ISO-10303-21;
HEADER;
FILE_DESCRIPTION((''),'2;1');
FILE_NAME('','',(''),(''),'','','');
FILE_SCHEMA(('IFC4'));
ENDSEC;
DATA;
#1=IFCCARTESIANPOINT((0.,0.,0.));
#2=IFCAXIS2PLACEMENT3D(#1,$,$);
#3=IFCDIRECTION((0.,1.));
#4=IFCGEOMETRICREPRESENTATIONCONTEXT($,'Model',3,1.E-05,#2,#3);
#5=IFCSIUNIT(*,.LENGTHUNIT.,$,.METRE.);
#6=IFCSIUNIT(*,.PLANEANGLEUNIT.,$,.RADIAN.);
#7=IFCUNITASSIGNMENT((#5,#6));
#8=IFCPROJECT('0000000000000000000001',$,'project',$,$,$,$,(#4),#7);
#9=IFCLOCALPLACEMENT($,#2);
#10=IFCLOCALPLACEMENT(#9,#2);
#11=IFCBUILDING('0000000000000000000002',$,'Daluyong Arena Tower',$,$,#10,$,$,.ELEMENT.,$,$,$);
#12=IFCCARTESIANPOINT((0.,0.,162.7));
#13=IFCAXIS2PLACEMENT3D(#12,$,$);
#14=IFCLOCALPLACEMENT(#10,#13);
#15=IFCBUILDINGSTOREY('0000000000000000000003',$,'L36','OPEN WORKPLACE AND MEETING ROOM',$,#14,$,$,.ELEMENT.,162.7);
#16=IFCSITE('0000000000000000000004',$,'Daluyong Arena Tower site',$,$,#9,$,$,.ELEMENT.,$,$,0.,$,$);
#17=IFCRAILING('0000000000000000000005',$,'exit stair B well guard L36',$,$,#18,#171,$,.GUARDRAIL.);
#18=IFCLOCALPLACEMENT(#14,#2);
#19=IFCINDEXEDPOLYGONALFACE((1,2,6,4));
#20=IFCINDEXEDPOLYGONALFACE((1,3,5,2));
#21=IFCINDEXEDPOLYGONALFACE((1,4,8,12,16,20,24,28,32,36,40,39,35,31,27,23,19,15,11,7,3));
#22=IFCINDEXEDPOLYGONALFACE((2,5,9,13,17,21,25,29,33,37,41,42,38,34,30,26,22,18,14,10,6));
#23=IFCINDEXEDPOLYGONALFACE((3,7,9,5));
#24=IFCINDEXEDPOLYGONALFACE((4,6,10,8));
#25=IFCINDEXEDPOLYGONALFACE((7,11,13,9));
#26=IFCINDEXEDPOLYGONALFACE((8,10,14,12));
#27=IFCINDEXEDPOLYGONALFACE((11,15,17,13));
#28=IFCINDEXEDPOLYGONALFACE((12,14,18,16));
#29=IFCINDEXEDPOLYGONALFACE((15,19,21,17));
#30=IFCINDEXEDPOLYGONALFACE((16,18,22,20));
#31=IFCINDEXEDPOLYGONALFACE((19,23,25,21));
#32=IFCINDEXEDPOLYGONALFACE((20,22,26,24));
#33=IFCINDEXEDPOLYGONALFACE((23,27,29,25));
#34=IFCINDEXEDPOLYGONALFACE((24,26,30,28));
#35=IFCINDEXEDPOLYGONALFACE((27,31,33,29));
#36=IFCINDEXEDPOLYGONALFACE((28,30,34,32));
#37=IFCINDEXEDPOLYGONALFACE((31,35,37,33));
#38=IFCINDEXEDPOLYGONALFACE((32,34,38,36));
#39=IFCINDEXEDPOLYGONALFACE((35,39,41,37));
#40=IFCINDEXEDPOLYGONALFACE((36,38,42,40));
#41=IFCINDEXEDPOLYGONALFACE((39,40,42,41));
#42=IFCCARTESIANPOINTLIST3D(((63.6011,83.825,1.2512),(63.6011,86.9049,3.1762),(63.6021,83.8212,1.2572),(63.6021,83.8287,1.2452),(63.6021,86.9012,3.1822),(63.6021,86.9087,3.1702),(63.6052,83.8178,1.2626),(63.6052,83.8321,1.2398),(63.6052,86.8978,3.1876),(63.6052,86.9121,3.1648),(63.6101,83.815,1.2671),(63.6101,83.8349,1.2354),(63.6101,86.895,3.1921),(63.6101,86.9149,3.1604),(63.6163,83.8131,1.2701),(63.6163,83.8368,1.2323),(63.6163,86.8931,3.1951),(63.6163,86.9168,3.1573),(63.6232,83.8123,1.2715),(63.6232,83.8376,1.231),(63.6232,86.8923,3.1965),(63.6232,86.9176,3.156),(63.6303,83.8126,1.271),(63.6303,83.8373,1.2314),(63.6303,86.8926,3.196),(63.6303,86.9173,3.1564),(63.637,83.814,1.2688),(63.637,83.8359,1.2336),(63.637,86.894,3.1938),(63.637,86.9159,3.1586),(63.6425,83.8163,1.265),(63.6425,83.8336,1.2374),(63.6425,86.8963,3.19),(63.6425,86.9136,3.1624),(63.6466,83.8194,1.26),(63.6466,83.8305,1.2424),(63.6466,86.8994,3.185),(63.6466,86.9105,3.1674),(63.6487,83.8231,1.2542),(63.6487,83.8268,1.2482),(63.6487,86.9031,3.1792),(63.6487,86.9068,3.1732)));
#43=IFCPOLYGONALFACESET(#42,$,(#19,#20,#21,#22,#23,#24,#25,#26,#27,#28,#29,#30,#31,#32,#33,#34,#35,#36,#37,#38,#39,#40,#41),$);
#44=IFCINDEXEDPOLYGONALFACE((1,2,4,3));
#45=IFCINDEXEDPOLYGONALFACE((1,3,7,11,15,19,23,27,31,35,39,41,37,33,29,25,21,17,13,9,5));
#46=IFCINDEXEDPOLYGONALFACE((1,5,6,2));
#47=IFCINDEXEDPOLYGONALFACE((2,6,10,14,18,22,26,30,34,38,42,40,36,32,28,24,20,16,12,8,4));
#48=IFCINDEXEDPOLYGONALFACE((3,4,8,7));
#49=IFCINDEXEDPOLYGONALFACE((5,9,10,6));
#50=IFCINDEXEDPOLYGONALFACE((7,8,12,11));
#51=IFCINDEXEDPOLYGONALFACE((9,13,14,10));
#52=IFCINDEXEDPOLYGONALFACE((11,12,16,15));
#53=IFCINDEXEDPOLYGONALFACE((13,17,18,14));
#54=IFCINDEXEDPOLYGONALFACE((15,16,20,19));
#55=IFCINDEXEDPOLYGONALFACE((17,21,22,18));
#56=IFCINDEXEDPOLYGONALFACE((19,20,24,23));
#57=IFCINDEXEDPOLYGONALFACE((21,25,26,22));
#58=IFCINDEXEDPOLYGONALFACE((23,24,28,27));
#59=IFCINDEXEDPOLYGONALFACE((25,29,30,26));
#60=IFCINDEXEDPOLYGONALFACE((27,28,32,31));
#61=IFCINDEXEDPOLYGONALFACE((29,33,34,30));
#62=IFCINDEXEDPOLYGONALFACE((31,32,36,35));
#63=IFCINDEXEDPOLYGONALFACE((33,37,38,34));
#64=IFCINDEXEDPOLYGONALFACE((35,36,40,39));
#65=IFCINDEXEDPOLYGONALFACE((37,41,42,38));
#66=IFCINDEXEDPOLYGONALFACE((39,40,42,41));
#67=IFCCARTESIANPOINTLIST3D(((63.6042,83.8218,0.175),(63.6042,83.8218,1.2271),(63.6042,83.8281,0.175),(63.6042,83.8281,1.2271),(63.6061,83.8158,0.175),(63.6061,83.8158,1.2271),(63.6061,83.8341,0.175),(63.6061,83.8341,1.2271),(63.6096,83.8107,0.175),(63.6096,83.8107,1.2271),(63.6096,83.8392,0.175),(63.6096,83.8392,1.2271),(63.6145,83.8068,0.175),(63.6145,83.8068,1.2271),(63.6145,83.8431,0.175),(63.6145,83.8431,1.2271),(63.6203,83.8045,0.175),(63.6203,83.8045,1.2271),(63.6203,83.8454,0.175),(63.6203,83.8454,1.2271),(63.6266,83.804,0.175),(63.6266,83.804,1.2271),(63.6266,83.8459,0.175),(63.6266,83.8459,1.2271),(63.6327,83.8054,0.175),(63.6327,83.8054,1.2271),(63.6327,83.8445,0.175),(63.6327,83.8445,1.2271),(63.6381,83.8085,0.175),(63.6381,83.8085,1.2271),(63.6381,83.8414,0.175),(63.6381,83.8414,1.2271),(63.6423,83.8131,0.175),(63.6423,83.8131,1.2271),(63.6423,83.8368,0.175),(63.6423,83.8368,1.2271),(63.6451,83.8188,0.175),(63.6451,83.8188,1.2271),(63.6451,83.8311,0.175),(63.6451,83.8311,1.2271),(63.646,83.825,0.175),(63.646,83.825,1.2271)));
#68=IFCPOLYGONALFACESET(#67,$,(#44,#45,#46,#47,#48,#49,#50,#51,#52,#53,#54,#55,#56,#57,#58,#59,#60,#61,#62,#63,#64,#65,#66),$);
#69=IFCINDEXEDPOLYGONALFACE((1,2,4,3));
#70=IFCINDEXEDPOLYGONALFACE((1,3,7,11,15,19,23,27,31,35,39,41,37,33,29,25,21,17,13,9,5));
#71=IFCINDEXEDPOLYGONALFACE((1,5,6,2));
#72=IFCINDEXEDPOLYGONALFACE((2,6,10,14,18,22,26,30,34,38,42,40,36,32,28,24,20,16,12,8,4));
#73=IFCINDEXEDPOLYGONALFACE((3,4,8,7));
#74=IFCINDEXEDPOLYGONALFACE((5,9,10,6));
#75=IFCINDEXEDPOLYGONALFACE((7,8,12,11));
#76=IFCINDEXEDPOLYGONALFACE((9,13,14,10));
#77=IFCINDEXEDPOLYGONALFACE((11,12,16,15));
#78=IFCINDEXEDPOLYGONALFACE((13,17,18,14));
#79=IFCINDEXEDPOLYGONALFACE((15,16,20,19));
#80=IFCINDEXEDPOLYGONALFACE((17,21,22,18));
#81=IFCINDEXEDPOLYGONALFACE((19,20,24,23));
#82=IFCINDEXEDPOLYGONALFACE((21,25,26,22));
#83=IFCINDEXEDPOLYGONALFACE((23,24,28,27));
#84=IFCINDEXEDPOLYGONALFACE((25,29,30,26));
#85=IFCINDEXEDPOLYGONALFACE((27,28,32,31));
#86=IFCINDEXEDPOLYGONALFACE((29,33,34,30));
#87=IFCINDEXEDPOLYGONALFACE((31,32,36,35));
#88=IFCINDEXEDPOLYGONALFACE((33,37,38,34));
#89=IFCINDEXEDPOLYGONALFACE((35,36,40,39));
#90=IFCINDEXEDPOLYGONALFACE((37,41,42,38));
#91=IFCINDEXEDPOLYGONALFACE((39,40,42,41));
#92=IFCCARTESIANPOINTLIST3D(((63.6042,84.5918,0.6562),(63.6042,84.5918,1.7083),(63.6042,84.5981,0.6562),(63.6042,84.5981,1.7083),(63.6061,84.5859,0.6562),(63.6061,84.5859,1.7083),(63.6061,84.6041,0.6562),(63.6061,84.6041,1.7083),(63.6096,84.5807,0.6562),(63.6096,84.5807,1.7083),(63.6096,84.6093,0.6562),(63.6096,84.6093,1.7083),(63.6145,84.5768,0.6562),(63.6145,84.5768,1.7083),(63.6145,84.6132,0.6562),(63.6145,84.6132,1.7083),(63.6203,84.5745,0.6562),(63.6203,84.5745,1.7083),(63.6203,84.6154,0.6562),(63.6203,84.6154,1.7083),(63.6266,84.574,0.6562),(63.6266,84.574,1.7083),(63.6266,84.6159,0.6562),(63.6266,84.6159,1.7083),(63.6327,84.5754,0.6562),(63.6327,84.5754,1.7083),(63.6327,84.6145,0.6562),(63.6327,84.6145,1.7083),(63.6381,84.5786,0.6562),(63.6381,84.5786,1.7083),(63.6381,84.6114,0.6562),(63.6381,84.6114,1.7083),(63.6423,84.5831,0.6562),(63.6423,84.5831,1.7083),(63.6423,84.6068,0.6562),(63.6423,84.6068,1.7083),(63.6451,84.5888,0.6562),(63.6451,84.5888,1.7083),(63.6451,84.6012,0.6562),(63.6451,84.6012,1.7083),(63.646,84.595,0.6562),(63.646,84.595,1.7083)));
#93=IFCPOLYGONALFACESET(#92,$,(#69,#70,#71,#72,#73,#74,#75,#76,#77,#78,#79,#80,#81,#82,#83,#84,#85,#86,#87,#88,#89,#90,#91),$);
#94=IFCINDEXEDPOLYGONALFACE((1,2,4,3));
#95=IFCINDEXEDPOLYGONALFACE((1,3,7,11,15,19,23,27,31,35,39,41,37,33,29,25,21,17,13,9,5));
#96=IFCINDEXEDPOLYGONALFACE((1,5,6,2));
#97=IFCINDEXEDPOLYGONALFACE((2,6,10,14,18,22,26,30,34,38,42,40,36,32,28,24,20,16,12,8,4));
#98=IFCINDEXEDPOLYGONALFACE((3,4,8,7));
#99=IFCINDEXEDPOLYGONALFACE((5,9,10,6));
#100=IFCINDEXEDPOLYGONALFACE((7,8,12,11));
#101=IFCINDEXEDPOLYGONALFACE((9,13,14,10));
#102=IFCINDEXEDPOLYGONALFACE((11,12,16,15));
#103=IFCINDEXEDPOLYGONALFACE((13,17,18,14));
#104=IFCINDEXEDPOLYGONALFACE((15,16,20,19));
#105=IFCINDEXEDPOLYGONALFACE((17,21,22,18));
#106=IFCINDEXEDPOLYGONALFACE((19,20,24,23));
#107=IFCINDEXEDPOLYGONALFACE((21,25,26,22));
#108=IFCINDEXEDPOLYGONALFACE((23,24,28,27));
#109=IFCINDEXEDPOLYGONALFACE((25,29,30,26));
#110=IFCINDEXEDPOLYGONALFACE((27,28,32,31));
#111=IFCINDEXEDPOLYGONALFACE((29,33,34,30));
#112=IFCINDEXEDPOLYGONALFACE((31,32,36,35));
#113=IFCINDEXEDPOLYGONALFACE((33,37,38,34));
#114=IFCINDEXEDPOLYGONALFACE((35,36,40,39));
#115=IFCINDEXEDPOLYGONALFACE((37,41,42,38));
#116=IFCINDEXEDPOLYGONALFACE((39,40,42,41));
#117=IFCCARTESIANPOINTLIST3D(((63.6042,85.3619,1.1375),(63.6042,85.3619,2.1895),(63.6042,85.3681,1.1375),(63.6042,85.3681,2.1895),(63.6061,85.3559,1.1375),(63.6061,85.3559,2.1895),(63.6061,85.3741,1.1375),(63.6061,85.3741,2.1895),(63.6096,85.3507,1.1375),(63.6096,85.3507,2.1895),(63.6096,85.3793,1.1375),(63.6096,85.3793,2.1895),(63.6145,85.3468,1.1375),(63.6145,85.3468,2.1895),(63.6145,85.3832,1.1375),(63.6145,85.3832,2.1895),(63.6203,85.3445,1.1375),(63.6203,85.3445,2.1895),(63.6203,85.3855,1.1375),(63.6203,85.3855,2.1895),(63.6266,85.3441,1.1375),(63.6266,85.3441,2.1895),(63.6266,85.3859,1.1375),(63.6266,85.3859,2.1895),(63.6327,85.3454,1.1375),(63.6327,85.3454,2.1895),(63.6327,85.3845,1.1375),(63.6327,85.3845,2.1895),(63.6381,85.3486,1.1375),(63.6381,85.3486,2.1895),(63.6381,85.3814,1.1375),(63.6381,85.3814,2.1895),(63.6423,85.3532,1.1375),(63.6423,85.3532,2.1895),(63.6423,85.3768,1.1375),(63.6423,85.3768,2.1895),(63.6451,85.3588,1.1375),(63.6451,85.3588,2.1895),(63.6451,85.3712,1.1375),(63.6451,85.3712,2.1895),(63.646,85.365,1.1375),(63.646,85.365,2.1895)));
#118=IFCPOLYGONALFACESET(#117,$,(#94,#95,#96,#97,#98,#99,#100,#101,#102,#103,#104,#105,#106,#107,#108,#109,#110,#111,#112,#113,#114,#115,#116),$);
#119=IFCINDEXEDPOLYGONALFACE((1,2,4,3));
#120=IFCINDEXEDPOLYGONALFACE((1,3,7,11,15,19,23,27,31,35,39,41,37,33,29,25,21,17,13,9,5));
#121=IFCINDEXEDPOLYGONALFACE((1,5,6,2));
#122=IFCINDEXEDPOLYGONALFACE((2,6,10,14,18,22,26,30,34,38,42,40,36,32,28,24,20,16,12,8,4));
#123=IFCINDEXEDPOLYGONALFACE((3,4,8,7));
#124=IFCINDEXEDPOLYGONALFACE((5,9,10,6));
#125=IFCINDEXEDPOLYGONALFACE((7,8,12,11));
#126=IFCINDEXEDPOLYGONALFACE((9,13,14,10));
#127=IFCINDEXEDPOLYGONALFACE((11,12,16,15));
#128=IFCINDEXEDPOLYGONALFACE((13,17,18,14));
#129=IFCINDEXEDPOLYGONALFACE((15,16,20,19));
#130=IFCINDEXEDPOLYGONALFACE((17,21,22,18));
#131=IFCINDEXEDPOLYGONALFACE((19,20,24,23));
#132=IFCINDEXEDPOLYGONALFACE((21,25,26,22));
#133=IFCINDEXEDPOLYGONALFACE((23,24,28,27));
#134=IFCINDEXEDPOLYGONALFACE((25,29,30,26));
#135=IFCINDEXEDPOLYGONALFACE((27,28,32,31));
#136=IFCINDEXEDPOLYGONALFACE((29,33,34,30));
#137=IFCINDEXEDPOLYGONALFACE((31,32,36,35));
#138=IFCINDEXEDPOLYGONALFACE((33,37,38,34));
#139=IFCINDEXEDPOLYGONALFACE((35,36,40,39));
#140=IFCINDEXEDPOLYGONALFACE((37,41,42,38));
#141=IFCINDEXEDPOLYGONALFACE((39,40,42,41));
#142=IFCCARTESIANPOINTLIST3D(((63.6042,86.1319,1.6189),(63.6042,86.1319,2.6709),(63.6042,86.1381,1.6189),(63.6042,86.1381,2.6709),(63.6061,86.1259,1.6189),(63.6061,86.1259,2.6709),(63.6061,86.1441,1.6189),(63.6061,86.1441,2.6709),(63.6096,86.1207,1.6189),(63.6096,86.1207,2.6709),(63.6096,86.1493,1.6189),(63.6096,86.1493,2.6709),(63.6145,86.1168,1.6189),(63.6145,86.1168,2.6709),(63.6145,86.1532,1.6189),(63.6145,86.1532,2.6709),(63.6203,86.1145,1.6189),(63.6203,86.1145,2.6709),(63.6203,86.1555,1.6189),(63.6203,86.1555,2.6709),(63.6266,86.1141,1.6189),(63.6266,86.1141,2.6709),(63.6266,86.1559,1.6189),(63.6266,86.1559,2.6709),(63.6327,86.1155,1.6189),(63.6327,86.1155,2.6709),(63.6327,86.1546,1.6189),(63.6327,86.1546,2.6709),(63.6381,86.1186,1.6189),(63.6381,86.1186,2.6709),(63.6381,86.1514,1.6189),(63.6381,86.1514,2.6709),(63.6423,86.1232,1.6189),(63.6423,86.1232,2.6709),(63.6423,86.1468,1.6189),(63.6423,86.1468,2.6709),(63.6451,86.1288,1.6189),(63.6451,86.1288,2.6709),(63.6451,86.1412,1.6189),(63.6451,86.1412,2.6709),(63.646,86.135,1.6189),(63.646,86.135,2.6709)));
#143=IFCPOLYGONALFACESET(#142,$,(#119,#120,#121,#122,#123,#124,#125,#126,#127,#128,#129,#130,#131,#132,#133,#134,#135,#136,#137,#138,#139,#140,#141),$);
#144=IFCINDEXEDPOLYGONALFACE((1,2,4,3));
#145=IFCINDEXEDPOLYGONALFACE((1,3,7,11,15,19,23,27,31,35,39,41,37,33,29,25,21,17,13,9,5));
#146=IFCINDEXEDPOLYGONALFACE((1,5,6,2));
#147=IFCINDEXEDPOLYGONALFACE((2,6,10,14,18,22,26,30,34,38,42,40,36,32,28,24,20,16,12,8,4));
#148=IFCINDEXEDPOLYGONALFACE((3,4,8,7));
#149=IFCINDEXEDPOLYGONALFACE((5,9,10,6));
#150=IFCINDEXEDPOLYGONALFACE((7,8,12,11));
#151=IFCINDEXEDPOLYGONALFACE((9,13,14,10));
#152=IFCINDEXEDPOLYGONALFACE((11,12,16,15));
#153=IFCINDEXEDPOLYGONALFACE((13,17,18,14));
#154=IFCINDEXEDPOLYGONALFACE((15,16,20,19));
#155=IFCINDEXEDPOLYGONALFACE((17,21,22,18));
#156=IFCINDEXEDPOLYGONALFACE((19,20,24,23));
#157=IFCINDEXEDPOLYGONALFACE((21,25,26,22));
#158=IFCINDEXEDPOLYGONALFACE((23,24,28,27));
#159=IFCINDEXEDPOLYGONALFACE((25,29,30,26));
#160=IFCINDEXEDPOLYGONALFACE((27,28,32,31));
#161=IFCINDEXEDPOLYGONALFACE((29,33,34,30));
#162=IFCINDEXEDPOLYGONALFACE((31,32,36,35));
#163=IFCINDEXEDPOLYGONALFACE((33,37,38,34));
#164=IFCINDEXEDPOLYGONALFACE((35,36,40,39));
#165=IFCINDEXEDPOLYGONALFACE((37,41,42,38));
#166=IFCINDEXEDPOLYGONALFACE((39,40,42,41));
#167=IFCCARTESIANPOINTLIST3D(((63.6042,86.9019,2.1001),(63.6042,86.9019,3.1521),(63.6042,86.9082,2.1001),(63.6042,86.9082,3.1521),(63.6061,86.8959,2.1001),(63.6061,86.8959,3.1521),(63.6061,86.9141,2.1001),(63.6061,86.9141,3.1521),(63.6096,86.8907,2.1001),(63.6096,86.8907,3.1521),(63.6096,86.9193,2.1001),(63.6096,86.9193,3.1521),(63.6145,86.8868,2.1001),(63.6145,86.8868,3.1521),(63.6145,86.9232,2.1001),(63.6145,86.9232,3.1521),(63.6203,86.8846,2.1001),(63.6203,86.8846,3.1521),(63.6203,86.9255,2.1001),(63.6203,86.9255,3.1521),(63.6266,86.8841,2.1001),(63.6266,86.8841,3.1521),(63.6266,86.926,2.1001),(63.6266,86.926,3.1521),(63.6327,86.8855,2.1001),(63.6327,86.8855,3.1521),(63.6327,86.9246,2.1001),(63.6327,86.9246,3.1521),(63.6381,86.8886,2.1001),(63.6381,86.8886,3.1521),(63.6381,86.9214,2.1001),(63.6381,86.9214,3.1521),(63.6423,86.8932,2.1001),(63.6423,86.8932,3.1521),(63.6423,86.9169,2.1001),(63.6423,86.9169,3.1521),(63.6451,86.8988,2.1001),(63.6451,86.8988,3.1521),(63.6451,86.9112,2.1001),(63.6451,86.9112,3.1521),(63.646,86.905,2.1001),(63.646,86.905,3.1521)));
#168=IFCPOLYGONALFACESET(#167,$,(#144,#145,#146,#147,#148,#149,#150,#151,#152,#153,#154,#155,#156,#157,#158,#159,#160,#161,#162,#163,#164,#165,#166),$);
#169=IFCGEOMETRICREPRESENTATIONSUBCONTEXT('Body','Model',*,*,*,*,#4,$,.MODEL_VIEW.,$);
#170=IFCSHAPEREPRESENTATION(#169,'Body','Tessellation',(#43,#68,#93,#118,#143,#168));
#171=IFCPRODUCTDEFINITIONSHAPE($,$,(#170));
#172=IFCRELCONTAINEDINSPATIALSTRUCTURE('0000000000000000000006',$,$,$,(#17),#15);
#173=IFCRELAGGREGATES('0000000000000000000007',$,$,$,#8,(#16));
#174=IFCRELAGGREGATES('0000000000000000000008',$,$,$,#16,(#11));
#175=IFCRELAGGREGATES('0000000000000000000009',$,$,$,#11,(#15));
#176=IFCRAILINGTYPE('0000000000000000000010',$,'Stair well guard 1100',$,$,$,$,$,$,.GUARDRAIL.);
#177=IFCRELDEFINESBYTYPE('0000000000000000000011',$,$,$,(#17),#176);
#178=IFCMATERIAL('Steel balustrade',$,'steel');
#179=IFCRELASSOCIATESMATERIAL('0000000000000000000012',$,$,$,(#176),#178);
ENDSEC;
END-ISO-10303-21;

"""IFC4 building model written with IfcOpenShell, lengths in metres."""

from ifc_helpers import new_model, si_unit, direction, frame, origin, origin_2d, place, context, subcontext, project, spatial, circle, extrude, material, type_object, element, save


model = new_model("IFC4")

# Units and contexts
model_context = context("Model", 3, precision=1e-05, world=origin(), true_north=direction((0.0, 1.0)))
body_context = subcontext(model_context, "Body", "Model", "MODEL_VIEW")
ifc_project = project(units=[si_unit("LENGTHUNIT", "METRE"), si_unit("PLANEANGLEUNIT", "RADIAN")], contexts=[model_context])

# Site, building, storey
site_placement = place(None, origin())
site = spatial("IfcSite", under=ifc_project, at=site_placement, Name="Daluyong Arena Tower site", CompositionType="ELEMENT", RefElevation=0.0)
building_placement = place(site_placement, origin())
building = spatial("IfcBuilding", under=site, at=building_placement, Name="Daluyong Arena Tower", CompositionType="ELEMENT")
storey_placement = place(building_placement, frame((0.0, 0.0, 162.7)))
storey = spatial("IfcBuildingStorey", under=building, at=storey_placement, Name="L36", Description="OPEN WORKPLACE AND MEETING ROOM", CompositionType="ELEMENT", Elevation=162.7)

# Railing
ifc_material_1 = material(Name="Steel balustrade", Category="steel")
railing_type_1 = type_object("IfcRailingType", Name="Stair well guard 1100", PredefinedType="GUARDRAIL", material=ifc_material_1)
railing_1_placement = place(storey_placement, frame((63.625, 83.825, 0.175)))
element("IfcRailing", 1, at=railing_1_placement, inside=storey, type_object=railing_type_1, Name="exit stair B well guard L36", PredefinedType="GUARDRAIL", context=body_context, shape_type="SweptSolid", body=[
    extrude(circle(Radius=0.0239, at=origin_2d()), frame((0.0, 0.0, 1.0762), z_axis=(0.0, 0.847998, 0.529999), x_axis=(-1.0, 0.0, 0.0)), (0.0, 0.0, 1.0), 3.6321),
    extrude(circle(Radius=0.021, at=origin_2d()), origin(), (0.0, 0.0, 1.0), 1.052),
    extrude(circle(Radius=0.021, at=origin_2d()), frame((0.0, 0.77, 0.4812)), (0.0, 0.0, 1.0), 1.052),
    extrude(circle(Radius=0.021, at=origin_2d()), frame((0.0, 1.54, 0.9624)), (0.0, 0.0, 1.0), 1.052),
    extrude(circle(Radius=0.021, at=origin_2d()), frame((0.0, 2.3101, 1.4438)), (0.0, 0.0, 1.0), 1.052),
    extrude(circle(Radius=0.021, at=origin_2d()), frame((0.0, 3.0801, 1.925)), (0.0, 0.0, 1.0), 1.052),
])

save(model, "model.ifc")
